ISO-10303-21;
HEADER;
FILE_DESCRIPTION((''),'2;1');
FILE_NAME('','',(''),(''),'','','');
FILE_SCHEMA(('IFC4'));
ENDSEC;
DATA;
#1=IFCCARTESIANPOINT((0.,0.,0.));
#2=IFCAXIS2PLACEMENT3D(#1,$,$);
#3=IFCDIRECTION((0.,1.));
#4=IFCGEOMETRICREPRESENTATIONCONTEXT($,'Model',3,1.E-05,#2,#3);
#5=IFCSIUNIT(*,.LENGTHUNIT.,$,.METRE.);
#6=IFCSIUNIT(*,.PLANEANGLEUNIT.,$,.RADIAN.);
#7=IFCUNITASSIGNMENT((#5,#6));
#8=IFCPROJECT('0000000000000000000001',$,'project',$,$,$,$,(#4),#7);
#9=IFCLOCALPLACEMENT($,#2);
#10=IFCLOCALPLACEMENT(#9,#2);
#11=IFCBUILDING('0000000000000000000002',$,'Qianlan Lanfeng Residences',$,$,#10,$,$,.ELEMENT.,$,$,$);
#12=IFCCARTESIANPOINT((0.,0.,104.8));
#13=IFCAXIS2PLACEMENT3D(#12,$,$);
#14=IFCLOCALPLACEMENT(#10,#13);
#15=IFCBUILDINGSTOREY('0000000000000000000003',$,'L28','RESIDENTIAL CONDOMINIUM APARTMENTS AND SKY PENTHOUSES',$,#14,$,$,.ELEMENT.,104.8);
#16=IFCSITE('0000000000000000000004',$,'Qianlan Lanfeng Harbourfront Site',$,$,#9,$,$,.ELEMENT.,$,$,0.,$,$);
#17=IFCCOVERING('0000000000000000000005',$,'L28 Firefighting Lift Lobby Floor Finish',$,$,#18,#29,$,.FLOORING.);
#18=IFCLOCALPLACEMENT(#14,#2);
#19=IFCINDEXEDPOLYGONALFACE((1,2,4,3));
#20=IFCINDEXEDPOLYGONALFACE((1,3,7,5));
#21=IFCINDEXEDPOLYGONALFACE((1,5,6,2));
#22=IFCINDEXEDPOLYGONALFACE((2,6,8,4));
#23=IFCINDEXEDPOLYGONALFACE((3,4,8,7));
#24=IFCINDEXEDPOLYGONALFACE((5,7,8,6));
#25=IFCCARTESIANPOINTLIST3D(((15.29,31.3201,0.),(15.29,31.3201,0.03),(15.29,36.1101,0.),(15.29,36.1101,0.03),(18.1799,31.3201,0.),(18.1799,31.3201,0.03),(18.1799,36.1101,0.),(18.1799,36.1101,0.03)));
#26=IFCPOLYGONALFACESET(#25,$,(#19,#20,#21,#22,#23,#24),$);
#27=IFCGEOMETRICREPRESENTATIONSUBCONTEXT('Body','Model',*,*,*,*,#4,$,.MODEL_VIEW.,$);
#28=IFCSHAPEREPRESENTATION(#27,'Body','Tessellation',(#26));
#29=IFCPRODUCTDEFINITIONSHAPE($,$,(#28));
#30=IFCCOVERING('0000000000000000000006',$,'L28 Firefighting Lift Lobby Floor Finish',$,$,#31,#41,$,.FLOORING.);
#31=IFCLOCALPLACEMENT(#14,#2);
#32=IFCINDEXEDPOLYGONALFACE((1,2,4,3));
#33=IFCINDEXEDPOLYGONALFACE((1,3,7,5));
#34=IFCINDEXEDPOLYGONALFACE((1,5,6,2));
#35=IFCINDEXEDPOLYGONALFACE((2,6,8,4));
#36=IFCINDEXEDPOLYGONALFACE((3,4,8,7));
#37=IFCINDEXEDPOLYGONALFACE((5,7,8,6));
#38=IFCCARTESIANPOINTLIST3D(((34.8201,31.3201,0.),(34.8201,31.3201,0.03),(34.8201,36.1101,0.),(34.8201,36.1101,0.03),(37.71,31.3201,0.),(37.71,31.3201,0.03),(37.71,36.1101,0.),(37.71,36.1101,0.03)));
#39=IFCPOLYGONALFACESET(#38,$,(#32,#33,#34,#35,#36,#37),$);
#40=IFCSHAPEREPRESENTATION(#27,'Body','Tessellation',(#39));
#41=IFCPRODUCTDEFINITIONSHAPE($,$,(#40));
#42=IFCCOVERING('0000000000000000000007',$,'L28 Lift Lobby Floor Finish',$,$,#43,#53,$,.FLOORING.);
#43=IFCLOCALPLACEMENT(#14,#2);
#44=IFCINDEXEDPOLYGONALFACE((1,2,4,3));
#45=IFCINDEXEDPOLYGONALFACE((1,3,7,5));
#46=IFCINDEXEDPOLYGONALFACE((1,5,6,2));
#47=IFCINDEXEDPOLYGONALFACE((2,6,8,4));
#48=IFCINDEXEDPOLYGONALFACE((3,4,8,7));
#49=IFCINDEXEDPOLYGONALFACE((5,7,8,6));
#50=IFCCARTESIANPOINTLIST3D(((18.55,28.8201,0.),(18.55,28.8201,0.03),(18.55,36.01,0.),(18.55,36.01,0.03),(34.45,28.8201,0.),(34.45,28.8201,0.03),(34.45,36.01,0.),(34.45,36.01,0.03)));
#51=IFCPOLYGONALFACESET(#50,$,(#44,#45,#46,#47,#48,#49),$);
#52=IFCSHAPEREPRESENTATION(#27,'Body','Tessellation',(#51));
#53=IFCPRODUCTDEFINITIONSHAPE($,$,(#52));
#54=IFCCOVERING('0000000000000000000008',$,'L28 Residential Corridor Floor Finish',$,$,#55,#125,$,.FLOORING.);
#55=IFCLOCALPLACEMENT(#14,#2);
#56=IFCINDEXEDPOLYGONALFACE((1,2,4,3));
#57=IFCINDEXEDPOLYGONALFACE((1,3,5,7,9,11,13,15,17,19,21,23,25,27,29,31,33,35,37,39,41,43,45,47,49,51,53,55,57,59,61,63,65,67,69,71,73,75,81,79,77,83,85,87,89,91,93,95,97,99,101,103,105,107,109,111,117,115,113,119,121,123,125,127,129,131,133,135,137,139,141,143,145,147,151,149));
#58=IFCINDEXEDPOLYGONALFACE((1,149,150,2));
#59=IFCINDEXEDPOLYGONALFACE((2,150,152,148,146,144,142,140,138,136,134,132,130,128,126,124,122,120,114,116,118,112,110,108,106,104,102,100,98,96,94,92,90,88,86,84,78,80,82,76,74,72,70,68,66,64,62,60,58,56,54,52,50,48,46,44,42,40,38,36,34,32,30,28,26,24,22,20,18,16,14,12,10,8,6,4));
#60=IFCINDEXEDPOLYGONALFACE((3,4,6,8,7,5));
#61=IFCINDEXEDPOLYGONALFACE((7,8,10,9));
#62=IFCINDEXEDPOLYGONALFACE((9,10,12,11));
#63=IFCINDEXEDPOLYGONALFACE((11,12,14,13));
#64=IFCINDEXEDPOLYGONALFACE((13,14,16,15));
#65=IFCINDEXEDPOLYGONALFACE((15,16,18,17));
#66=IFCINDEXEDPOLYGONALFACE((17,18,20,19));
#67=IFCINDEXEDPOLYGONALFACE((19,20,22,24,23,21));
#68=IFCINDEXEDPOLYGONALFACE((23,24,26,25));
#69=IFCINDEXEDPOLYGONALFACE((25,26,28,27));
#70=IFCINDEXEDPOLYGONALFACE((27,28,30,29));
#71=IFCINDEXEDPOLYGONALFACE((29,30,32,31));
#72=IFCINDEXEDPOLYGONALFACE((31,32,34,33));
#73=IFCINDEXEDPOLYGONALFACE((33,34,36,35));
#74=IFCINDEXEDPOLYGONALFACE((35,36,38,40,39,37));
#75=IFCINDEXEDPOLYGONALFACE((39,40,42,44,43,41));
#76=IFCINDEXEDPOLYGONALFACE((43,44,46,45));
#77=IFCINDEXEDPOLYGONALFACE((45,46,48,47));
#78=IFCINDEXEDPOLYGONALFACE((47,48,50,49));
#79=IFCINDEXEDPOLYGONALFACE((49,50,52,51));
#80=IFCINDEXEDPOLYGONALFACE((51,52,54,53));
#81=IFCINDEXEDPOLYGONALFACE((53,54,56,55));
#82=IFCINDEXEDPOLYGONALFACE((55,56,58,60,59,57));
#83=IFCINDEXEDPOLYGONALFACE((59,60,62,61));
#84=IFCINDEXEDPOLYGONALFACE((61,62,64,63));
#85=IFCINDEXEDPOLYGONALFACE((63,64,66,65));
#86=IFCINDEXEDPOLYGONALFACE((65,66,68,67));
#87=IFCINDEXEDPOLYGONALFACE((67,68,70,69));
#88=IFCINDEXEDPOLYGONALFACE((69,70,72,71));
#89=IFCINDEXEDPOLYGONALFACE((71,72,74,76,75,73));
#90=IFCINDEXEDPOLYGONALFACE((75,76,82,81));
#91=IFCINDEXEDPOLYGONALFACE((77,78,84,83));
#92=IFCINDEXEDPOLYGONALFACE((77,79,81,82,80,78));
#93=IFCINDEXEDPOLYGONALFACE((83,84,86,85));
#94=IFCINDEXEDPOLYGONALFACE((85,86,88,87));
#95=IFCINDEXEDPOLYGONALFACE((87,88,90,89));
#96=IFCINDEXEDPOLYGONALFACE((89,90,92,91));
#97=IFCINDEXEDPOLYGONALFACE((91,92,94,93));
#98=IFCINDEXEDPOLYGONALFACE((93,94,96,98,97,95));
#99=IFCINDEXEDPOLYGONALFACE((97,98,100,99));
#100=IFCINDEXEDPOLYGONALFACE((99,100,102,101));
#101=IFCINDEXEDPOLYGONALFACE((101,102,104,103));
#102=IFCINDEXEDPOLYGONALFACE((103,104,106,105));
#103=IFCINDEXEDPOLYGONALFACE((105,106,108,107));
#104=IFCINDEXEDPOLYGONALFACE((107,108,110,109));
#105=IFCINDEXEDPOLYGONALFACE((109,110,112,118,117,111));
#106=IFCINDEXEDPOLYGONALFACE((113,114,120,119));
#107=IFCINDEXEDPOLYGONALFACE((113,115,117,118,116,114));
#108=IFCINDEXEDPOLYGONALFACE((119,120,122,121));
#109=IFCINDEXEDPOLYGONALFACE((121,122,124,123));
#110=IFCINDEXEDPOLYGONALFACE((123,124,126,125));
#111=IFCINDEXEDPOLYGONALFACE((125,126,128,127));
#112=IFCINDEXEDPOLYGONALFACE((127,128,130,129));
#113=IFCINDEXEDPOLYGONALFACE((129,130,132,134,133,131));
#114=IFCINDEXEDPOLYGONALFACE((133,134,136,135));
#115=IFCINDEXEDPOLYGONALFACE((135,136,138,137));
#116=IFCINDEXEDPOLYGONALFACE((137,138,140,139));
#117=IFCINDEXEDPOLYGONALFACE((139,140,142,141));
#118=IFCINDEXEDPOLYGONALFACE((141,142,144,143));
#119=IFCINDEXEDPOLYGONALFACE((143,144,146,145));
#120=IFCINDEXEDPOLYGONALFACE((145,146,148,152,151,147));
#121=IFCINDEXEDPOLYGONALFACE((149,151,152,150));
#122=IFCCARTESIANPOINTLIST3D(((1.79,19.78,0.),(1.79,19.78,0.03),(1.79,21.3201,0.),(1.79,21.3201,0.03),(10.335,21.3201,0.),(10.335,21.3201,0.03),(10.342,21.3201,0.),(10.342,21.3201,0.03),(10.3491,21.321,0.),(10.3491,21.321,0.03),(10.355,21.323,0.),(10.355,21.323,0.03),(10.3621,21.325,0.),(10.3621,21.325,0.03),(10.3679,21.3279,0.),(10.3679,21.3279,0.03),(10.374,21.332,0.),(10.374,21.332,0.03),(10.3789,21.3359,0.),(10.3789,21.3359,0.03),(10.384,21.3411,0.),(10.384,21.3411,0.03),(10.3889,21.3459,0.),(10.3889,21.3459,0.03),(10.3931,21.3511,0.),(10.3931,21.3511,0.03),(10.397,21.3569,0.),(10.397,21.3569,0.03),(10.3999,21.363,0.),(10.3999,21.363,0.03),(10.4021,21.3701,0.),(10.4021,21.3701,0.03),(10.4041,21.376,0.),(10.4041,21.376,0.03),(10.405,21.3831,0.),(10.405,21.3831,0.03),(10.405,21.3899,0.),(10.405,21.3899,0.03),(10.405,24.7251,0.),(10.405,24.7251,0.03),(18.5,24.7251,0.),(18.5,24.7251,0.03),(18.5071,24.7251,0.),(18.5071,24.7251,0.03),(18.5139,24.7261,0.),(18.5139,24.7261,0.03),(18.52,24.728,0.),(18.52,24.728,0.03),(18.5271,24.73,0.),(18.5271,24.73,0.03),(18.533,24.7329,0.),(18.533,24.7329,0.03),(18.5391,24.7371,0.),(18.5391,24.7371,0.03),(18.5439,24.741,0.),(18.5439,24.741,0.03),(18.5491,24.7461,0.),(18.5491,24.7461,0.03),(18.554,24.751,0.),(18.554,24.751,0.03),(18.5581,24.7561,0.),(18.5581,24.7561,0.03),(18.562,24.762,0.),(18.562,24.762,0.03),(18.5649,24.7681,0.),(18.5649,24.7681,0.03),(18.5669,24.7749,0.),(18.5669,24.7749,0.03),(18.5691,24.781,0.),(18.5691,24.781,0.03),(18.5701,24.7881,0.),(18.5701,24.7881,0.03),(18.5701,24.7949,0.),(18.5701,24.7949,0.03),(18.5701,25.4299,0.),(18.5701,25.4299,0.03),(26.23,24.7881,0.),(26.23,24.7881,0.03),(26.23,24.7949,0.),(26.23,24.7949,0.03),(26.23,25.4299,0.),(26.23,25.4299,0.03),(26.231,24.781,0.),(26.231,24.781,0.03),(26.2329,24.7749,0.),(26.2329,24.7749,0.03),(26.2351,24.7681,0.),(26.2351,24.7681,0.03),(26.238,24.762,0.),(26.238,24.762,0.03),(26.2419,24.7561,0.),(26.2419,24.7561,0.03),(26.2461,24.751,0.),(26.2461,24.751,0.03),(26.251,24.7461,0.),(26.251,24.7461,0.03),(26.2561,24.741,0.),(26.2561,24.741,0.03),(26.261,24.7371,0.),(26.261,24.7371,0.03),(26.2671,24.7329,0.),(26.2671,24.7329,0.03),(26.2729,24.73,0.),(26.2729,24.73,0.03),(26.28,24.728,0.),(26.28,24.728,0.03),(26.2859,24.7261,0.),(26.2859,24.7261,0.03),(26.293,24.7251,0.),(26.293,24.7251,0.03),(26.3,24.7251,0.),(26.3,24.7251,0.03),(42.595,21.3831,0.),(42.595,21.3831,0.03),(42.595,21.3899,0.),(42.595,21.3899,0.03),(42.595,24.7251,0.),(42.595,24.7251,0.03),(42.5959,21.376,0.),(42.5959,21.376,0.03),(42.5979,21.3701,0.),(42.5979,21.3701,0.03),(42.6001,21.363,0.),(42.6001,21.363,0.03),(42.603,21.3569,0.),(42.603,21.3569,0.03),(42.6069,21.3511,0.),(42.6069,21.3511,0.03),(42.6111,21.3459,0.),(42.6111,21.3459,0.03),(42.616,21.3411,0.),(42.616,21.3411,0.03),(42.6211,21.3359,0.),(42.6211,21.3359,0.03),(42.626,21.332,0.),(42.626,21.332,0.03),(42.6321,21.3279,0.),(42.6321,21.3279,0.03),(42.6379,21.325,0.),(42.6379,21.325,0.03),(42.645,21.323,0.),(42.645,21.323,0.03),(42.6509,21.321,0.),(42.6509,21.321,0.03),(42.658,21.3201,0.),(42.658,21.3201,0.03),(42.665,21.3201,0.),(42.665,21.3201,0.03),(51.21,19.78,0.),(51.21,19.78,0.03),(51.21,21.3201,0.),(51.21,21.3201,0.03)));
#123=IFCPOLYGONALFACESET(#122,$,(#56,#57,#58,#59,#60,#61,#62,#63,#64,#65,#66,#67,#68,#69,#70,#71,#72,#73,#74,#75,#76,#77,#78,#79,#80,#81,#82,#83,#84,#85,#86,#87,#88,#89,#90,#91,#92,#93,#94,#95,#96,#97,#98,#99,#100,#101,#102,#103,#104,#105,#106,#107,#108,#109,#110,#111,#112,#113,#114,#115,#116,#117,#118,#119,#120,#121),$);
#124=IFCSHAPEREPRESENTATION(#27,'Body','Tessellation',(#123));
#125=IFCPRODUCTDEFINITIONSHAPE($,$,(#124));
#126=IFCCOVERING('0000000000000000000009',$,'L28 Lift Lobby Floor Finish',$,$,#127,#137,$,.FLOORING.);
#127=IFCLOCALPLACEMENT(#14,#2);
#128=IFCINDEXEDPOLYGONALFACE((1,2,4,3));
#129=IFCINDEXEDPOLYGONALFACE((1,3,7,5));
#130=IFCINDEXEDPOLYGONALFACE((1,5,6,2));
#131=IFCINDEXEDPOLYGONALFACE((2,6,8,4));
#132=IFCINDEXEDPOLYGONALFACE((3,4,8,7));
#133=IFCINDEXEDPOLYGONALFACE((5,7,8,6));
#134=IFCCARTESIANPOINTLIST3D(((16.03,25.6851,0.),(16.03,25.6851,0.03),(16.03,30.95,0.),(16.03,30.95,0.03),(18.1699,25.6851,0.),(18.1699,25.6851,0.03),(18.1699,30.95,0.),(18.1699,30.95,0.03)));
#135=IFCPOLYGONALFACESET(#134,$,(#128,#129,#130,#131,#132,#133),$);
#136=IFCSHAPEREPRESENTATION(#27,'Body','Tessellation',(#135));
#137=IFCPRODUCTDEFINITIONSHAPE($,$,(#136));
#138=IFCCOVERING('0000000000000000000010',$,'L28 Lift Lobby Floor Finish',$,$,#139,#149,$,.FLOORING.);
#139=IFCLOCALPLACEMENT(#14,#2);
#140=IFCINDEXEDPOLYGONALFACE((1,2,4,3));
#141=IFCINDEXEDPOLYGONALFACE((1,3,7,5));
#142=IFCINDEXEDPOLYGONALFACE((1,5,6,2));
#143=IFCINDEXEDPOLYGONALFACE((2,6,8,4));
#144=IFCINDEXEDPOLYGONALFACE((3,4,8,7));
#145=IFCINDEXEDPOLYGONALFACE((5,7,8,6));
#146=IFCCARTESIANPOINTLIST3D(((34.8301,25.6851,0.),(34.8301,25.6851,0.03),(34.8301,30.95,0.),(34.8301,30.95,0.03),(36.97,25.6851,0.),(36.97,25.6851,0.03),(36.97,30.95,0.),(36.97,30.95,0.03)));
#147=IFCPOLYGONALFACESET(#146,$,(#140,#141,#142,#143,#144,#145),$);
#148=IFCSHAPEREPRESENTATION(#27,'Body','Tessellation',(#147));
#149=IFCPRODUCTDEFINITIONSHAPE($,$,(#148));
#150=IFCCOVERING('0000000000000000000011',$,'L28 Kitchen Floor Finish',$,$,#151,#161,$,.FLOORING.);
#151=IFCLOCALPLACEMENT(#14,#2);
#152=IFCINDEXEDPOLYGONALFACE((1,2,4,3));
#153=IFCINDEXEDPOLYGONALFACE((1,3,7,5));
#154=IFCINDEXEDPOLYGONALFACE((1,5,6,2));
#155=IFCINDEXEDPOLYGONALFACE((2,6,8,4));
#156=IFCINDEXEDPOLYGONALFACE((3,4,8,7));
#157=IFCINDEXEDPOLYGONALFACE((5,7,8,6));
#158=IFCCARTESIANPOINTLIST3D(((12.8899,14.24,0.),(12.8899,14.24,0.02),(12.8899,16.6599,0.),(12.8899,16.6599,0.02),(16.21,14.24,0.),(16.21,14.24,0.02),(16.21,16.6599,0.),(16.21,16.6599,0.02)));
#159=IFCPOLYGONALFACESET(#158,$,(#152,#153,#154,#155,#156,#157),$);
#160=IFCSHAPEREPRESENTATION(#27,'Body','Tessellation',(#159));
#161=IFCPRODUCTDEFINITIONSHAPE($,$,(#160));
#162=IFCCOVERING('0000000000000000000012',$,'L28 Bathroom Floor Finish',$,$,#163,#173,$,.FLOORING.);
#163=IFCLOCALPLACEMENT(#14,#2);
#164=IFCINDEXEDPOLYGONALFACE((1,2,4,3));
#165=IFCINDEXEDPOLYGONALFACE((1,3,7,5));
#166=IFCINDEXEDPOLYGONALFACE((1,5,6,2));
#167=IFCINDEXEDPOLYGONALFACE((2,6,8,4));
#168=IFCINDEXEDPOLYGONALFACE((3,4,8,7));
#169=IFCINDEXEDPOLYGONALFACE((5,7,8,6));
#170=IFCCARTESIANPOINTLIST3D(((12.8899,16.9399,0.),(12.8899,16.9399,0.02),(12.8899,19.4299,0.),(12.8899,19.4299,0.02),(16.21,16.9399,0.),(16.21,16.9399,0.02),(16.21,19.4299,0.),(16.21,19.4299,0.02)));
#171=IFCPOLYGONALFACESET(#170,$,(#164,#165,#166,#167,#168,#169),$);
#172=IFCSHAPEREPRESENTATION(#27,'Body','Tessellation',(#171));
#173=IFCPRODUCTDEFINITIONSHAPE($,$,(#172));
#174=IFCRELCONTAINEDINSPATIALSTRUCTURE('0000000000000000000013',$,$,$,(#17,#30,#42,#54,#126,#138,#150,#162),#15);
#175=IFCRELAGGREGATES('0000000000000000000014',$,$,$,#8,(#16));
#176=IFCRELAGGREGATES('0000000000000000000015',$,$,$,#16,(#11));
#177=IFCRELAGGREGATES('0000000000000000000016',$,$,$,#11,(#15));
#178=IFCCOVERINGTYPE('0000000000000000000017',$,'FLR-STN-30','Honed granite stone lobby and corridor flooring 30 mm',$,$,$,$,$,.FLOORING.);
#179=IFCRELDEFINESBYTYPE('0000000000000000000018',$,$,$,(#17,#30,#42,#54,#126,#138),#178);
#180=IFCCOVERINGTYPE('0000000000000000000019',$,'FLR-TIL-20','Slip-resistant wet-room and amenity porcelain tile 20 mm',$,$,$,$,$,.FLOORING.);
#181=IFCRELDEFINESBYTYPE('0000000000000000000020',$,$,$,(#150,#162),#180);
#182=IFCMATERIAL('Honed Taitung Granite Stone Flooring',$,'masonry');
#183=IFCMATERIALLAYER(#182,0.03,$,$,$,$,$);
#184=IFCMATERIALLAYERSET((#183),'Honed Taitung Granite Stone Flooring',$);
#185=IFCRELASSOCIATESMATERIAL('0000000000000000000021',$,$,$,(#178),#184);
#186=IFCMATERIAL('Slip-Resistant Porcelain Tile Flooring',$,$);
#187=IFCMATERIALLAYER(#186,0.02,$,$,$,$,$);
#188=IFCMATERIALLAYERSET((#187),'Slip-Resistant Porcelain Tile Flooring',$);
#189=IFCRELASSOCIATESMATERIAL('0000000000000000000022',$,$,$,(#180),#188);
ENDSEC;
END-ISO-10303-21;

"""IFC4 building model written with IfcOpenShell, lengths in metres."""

from ifc_helpers import new_model, si_unit, direction, frame, origin, place, context, subcontext, project, spatial, polyline, outline, extrude, material, layer, layer_set, type_object, element, save


model = new_model("IFC4")

# Units and contexts
model_context = context("Model", 3, precision=1e-05, world=origin(), true_north=direction((0.0, 1.0)))
body_context = subcontext(model_context, "Body", "Model", "MODEL_VIEW")
ifc_project = project(units=[si_unit("LENGTHUNIT", "METRE"), si_unit("PLANEANGLEUNIT", "RADIAN")], contexts=[model_context])

# Site, building, storey
site_placement = place(None, origin())
site = spatial("IfcSite", under=ifc_project, at=site_placement, Name="Qianlan Lanfeng Harbourfront Site", CompositionType="ELEMENT", RefElevation=0.0)
building_placement = place(site_placement, origin())
building = spatial("IfcBuilding", under=site, at=building_placement, Name="Qianlan Lanfeng Residences", CompositionType="ELEMENT")
storey_placement = place(building_placement, frame((0.0, 0.0, 104.8)))
storey = spatial("IfcBuildingStorey", under=building, at=storey_placement, Name="L28", Description="RESIDENTIAL CONDOMINIUM APARTMENTS AND SKY PENTHOUSES", CompositionType="ELEMENT", Elevation=104.8)

# Coverings
ifc_material_1 = material(Name="Honed Taitung Granite Stone Flooring", Category="masonry")
ifc_layer_1 = layer(ifc_material_1, 0.03)
ifc_layer_set_1 = layer_set([ifc_layer_1], Name="Honed Taitung Granite Stone Flooring")
covering_type_1 = type_object("IfcCoveringType", Name="FLR-STN-30", Description="Honed granite stone lobby and corridor flooring 30 mm", PredefinedType="FLOORING", material=ifc_layer_set_1)
covering_1_placement = place(storey_placement, origin())
element("IfcCovering", 1, at=covering_1_placement, inside=storey, type_object=covering_type_1, Name="L28 Firefighting Lift Lobby Floor Finish", PredefinedType="FLOORING", context=body_context, shape_type="SweptSolid", body=[
    extrude(outline(polyline([(15.29, 31.3201), (18.1799, 31.3201), (18.1799, 36.1101), (15.29, 36.1101), (15.29, 31.3201)])), origin(), (0.0, 0.0, 1.0), 0.03),
])
covering_2_placement = place(storey_placement, origin())
element("IfcCovering", 2, at=covering_2_placement, inside=storey, type_object=covering_type_1, Name="L28 Firefighting Lift Lobby Floor Finish", PredefinedType="FLOORING", context=body_context, shape_type="SweptSolid", body=[
    extrude(outline(polyline([(34.8201, 31.3201), (37.71, 31.3201), (37.71, 36.1101), (34.8201, 36.1101), (34.8201, 31.3201)])), origin(), (0.0, 0.0, 1.0), 0.03),
])
covering_3_placement = place(storey_placement, origin())
element("IfcCovering", 3, at=covering_3_placement, inside=storey, type_object=covering_type_1, Name="L28 Lift Lobby Floor Finish", PredefinedType="FLOORING", context=body_context, shape_type="SweptSolid", body=[
    extrude(outline(polyline([(18.55, 28.8201), (34.45, 28.8201), (34.45, 36.01), (18.55, 36.01), (18.55, 28.8201)])), origin(), (0.0, 0.0, 1.0), 0.03),
])
covering_4_placement = place(storey_placement, origin())
element("IfcCovering", 4, at=covering_4_placement, inside=storey, type_object=covering_type_1, Name="L28 Residential Corridor Floor Finish", PredefinedType="FLOORING", context=body_context, shape_type="SweptSolid", body=[
    extrude(outline(polyline([(1.79, 19.78), (51.21, 19.78), (51.21, 21.3201), (42.665, 21.3201), (42.658, 21.3201), (42.6509, 21.321), (42.645, 21.323), (42.6379, 21.325), (42.6321, 21.3279), (42.626, 21.332), (42.6211, 21.3359), (42.616, 21.3411), (42.6111, 21.3459), (42.6069, 21.3511), (42.603, 21.3569), (42.6001, 21.363), (42.5979, 21.3701), (42.5959, 21.376), (42.595, 21.3831), (42.595, 21.3899), (42.595, 24.7251), (26.3, 24.7251), (26.293, 24.7251), (26.2859, 24.7261), (26.28, 24.728), (26.2729, 24.73), (26.2671, 24.7329), (26.261, 24.7371), (26.2561, 24.741), (26.251, 24.7461), (26.2461, 24.751), (26.2419, 24.7561), (26.238, 24.762), (26.2351, 24.7681), (26.2329, 24.7749), (26.231, 24.781), (26.23, 24.7881), (26.23, 24.7949), (26.23, 25.4299), (18.5701, 25.4299), (18.5701, 24.7949), (18.5701, 24.7881), (18.5691, 24.781), (18.5669, 24.7749), (18.5649, 24.7681), (18.562, 24.762), (18.5581, 24.7561), (18.554, 24.751), (18.5491, 24.7461), (18.5439, 24.741), (18.5391, 24.7371), (18.533, 24.7329), (18.5271, 24.73), (18.52, 24.728), (18.5139, 24.7261), (18.5071, 24.7251), (18.5, 24.7251), (10.405, 24.7251), (10.405, 21.3899), (10.405, 21.3831), (10.4041, 21.376), (10.4021, 21.3701), (10.3999, 21.363), (10.397, 21.3569), (10.3931, 21.3511), (10.3889, 21.3459), (10.384, 21.3411), (10.3789, 21.3359), (10.374, 21.332), (10.3679, 21.3279), (10.3621, 21.325), (10.355, 21.323), (10.3491, 21.321), (10.342, 21.3201), (10.335, 21.3201), (1.79, 21.3201), (1.79, 19.78)])), origin(), (0.0, 0.0, 1.0), 0.03),
])
covering_5_placement = place(storey_placement, origin())
element("IfcCovering", 5, at=covering_5_placement, inside=storey, type_object=covering_type_1, Name="L28 Lift Lobby Floor Finish", PredefinedType="FLOORING", context=body_context, shape_type="SweptSolid", body=[
    extrude(outline(polyline([(16.03, 25.6851), (18.1699, 25.6851), (18.1699, 30.95), (16.03, 30.95), (16.03, 25.6851)])), origin(), (0.0, 0.0, 1.0), 0.03),
])
covering_6_placement = place(storey_placement, origin())
element("IfcCovering", 6, at=covering_6_placement, inside=storey, type_object=covering_type_1, Name="L28 Lift Lobby Floor Finish", PredefinedType="FLOORING", context=body_context, shape_type="SweptSolid", body=[
    extrude(outline(polyline([(34.8301, 25.6851), (36.97, 25.6851), (36.97, 30.95), (34.8301, 30.95), (34.8301, 25.6851)])), origin(), (0.0, 0.0, 1.0), 0.03),
])
ifc_material_2 = material(Name="Slip-Resistant Porcelain Tile Flooring")
ifc_layer_2 = layer(ifc_material_2, 0.02)
ifc_layer_set_2 = layer_set([ifc_layer_2], Name="Slip-Resistant Porcelain Tile Flooring")
covering_type_2 = type_object("IfcCoveringType", Name="FLR-TIL-20", Description="Slip-resistant wet-room and amenity porcelain tile 20 mm", PredefinedType="FLOORING", material=ifc_layer_set_2)
covering_7_placement = place(storey_placement, origin())
element("IfcCovering", 7, at=covering_7_placement, inside=storey, type_object=covering_type_2, Name="L28 Kitchen Floor Finish", PredefinedType="FLOORING", context=body_context, shape_type="SweptSolid", body=[
    extrude(outline(polyline([(12.8899, 14.24), (16.21, 14.24), (16.21, 16.6599), (12.8899, 16.6599), (12.8899, 14.24)])), origin(), (0.0, 0.0, 1.0), 0.02),
])
covering_8_placement = place(storey_placement, origin())
element("IfcCovering", 8, at=covering_8_placement, inside=storey, type_object=covering_type_2, Name="L28 Bathroom Floor Finish", PredefinedType="FLOORING", context=body_context, shape_type="SweptSolid", body=[
    extrude(outline(polyline([(12.8899, 16.9399), (16.21, 16.9399), (16.21, 19.4299), (12.8899, 19.4299), (12.8899, 16.9399)])), origin(), (0.0, 0.0, 1.0), 0.02),
])

save(model, "model.ifc")
